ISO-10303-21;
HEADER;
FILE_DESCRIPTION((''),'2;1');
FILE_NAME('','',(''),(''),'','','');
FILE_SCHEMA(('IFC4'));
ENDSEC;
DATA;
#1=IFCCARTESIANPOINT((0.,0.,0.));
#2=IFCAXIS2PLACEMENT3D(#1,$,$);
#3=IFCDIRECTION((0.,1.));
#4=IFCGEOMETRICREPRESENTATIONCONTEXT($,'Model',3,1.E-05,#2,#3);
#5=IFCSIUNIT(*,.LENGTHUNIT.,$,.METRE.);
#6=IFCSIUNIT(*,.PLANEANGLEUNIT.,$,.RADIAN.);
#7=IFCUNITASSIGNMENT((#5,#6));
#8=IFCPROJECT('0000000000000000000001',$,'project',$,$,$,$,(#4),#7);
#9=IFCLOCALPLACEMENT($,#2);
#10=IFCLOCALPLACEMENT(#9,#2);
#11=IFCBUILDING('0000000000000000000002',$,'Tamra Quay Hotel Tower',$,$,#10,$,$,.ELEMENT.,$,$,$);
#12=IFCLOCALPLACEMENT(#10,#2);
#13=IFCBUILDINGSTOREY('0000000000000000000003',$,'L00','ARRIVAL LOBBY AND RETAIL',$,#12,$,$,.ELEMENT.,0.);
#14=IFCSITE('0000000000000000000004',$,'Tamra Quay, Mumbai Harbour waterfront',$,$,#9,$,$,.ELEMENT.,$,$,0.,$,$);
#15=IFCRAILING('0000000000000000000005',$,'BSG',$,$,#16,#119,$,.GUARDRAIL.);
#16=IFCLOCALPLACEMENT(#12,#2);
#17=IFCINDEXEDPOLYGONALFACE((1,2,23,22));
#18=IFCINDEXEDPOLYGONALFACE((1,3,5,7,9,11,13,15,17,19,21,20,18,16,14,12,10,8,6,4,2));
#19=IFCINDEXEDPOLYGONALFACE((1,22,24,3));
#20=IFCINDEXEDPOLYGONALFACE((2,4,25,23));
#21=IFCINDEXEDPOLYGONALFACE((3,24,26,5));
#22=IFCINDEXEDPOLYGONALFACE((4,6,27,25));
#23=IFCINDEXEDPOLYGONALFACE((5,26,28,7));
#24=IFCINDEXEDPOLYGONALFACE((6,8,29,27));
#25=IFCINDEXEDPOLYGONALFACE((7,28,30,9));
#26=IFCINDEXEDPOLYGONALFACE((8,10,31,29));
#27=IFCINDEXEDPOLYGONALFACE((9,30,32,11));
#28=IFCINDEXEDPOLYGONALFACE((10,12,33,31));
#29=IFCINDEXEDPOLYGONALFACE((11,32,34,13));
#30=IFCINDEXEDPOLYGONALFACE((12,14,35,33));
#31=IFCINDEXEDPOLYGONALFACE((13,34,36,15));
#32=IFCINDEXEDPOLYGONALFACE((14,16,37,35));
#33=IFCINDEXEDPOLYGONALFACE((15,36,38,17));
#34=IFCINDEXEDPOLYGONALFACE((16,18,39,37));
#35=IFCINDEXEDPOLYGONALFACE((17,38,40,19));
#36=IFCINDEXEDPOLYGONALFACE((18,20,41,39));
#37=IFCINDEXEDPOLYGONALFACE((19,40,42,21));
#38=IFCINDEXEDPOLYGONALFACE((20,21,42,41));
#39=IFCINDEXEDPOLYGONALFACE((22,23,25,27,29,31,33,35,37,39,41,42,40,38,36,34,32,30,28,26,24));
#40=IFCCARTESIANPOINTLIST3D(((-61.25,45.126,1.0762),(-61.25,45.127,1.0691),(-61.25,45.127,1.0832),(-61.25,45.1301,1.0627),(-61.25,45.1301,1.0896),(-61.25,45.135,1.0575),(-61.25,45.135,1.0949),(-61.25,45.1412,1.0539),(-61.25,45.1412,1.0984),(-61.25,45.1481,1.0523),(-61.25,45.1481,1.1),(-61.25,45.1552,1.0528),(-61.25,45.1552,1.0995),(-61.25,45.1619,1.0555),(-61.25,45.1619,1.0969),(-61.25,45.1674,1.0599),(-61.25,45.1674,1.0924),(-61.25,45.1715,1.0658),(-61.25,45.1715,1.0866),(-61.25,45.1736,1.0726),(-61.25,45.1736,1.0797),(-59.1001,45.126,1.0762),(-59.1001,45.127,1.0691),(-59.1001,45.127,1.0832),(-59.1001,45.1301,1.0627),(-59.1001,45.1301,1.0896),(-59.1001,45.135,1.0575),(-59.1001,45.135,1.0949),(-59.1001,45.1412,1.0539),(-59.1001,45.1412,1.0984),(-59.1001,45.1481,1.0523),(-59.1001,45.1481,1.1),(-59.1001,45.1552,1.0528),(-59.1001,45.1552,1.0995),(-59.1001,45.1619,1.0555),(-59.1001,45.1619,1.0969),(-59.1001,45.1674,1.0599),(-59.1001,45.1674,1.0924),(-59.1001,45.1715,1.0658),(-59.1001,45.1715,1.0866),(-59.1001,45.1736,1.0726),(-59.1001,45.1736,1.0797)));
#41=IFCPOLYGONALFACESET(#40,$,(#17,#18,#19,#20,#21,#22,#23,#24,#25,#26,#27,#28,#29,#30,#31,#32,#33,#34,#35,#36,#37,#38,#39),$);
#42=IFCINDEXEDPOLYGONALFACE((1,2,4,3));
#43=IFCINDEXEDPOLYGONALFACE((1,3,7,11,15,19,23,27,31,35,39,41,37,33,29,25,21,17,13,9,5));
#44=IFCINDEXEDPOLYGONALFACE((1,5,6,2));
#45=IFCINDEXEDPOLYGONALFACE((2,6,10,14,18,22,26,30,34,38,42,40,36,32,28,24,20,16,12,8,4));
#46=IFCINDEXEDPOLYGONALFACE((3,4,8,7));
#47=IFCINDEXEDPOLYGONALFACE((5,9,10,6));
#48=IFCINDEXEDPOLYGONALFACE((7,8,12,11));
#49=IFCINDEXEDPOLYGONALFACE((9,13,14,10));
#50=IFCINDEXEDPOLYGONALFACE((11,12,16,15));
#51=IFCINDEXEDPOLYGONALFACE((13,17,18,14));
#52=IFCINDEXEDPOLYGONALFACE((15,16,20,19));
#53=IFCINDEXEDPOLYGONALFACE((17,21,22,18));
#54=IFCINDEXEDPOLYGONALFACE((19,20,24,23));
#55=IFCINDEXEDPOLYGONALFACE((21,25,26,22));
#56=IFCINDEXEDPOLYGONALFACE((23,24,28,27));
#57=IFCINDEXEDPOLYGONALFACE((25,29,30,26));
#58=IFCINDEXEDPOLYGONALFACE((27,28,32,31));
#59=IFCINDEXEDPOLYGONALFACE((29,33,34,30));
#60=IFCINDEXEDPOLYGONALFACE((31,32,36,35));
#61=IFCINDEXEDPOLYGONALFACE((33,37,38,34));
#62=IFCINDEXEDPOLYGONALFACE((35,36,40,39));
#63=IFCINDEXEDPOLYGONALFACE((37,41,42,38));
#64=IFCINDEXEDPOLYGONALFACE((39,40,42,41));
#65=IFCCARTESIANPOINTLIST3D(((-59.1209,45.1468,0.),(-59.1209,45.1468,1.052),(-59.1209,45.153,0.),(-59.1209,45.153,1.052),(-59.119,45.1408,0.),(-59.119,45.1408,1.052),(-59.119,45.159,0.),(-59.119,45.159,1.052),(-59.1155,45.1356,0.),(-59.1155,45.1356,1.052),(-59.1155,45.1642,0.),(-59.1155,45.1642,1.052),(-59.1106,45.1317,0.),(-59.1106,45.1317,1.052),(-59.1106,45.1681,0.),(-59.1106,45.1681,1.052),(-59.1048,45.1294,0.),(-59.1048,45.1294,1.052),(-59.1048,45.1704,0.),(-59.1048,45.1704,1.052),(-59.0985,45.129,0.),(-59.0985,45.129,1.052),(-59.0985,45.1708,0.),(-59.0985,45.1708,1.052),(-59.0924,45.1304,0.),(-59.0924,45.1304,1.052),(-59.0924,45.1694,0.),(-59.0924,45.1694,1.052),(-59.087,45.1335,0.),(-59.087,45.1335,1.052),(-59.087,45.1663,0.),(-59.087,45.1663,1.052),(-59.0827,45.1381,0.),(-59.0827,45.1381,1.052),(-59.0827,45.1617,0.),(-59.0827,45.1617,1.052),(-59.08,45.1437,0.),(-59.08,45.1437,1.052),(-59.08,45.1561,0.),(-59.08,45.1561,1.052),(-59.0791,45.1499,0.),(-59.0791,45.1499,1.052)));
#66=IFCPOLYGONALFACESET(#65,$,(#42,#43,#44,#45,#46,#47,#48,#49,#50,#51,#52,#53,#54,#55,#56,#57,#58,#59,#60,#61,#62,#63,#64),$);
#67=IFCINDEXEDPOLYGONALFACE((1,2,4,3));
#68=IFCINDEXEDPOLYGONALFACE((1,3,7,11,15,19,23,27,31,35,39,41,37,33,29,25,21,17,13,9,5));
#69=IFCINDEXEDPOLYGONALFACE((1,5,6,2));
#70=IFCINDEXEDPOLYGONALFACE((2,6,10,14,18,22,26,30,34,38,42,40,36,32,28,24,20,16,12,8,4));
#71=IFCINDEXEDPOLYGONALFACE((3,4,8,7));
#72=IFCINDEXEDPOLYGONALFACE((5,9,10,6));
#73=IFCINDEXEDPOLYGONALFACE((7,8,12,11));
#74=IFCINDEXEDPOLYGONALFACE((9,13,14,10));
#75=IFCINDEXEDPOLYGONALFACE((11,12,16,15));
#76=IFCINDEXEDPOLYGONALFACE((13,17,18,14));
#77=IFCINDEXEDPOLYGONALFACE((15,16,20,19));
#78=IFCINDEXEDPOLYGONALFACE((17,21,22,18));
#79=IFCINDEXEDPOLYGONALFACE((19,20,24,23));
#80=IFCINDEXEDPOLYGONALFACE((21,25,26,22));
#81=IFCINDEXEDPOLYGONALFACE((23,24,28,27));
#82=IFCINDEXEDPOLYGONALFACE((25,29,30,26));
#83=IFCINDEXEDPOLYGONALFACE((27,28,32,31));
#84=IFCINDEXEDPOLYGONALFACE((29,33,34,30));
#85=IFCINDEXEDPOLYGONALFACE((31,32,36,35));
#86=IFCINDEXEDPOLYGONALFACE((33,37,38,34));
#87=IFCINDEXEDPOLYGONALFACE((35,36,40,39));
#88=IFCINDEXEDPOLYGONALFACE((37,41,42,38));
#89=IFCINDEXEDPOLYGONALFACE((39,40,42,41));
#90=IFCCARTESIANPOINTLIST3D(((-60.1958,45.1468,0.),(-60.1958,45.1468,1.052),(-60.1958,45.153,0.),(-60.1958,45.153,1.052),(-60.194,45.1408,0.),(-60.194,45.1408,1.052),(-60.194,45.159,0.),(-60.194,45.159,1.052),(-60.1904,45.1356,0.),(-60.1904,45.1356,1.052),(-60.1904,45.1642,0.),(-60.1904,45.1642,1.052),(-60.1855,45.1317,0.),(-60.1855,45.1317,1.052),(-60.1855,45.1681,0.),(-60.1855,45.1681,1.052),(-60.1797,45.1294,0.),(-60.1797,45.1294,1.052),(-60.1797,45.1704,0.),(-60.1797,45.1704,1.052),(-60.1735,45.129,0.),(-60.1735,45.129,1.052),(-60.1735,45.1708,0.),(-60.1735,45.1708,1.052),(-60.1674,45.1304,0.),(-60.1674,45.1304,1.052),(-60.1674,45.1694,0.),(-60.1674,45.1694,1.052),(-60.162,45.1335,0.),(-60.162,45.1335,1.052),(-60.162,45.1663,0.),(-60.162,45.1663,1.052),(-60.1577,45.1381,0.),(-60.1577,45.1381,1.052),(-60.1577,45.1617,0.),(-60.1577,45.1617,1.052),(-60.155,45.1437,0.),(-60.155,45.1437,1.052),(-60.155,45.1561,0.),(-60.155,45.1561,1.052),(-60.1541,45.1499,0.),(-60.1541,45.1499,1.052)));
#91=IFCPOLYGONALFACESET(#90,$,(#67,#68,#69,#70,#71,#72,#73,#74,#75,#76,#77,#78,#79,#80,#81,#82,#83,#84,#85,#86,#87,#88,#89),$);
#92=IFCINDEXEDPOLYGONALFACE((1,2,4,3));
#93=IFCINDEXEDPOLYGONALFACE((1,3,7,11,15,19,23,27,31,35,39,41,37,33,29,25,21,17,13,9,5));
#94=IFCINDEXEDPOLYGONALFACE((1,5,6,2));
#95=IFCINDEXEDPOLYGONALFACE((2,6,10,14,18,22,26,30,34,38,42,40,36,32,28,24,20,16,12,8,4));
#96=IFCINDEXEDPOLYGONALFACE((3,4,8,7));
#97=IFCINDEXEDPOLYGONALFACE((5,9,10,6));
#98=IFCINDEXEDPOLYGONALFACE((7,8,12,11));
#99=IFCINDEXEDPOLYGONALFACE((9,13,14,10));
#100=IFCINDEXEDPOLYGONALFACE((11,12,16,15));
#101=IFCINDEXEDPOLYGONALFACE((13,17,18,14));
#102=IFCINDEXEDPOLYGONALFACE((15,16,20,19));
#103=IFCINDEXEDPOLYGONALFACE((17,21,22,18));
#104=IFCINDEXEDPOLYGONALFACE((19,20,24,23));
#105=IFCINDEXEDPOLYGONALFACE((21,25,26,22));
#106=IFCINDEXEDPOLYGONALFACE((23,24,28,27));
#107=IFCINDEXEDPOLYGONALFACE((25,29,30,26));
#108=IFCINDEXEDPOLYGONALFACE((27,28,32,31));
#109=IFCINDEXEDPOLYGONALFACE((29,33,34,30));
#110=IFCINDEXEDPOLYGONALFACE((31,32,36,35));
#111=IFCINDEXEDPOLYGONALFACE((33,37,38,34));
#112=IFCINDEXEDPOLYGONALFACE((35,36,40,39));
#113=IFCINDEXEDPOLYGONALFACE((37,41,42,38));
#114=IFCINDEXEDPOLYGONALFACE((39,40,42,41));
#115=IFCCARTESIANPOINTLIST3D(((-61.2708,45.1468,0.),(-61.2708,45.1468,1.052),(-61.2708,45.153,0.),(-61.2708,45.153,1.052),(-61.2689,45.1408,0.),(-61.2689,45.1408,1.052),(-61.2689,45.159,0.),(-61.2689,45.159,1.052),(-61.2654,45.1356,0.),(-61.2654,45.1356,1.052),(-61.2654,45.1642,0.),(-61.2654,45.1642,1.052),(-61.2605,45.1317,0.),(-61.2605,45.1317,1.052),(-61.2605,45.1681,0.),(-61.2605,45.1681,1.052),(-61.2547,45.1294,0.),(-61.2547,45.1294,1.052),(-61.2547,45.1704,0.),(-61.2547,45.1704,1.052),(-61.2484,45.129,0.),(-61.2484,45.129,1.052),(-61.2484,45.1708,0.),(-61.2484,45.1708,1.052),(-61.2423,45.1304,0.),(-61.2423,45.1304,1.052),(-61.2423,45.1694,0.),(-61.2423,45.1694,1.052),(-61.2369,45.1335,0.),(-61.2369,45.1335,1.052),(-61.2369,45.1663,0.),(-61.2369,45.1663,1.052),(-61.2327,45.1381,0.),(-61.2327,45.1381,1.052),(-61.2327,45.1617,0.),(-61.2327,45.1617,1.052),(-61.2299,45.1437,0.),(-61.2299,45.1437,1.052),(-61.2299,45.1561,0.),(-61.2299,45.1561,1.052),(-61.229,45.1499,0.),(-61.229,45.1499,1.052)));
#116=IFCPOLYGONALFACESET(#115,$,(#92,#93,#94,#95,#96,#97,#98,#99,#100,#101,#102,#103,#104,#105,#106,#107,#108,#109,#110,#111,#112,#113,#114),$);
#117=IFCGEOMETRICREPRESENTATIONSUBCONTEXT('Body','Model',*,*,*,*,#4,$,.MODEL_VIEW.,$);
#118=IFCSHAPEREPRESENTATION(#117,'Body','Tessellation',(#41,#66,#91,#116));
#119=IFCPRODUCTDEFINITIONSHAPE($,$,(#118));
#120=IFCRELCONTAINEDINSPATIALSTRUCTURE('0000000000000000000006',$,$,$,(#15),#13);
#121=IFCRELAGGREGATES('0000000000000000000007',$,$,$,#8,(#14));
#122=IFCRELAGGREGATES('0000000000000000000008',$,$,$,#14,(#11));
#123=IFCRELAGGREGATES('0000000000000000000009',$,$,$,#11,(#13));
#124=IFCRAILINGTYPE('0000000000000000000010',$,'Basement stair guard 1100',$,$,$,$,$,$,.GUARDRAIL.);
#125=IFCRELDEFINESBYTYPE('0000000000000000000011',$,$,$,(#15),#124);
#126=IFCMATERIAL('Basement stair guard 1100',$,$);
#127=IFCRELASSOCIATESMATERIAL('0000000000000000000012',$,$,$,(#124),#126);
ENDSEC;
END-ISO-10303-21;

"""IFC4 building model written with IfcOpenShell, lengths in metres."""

from ifc_helpers import new_model, si_unit, direction, frame, origin, origin_2d, place, context, subcontext, project, spatial, circle, extrude, material, type_object, element, save


model = new_model("IFC4")

# Units and contexts
model_context = context("Model", 3, precision=1e-05, world=origin(), true_north=direction((0.0, 1.0)))
body_context = subcontext(model_context, "Body", "Model", "MODEL_VIEW")
ifc_project = project(units=[si_unit("LENGTHUNIT", "METRE"), si_unit("PLANEANGLEUNIT", "RADIAN")], contexts=[model_context])

# Site, building, storey
site_placement = place(None, origin())
site = spatial("IfcSite", under=ifc_project, at=site_placement, Name="Tamra Quay, Mumbai Harbour waterfront", CompositionType="ELEMENT", RefElevation=0.0)
building_placement = place(site_placement, origin())
building = spatial("IfcBuilding", under=site, at=building_placement, Name="Tamra Quay Hotel Tower", CompositionType="ELEMENT")
storey_placement = place(building_placement, origin())
storey = spatial("IfcBuildingStorey", under=building, at=storey_placement, Name="L00", Description="ARRIVAL LOBBY AND RETAIL", CompositionType="ELEMENT", Elevation=0.0)

# Railing
ifc_material_1 = material(Name="Basement stair guard 1100")
railing_type = type_object("IfcRailingType", Name="Basement stair guard 1100", PredefinedType="GUARDRAIL", material=ifc_material_1)
railing_1_placement = place(storey_placement, frame((-59.1001, 45.1499, 0.0)))
element("IfcRailing", 1, at=railing_1_placement, inside=storey, type_object=railing_type, Name="BSG", PredefinedType="GUARDRAIL", context=body_context, shape_type="SweptSolid", body=[
    extrude(circle(Radius=0.0239, at=origin_2d()), frame((0.0, 0.0, 1.0762), z_axis=(-1.0, 0.0, 0.0), x_axis=(0.0, -1.0, 0.0)), (0.0, 0.0, 1.0), 2.1499),
    extrude(circle(Radius=0.021, at=origin_2d()), origin(), (0.0, 0.0, 1.0), 1.052),
    extrude(circle(Radius=0.021, at=origin_2d()), frame((-1.075, 0.0, 0.0)), (0.0, 0.0, 1.0), 1.052),
    extrude(circle(Radius=0.021, at=origin_2d()), frame((-2.1499, 0.0, 0.0)), (0.0, 0.0, 1.0), 1.052),
])

save(model, "model.ifc")
